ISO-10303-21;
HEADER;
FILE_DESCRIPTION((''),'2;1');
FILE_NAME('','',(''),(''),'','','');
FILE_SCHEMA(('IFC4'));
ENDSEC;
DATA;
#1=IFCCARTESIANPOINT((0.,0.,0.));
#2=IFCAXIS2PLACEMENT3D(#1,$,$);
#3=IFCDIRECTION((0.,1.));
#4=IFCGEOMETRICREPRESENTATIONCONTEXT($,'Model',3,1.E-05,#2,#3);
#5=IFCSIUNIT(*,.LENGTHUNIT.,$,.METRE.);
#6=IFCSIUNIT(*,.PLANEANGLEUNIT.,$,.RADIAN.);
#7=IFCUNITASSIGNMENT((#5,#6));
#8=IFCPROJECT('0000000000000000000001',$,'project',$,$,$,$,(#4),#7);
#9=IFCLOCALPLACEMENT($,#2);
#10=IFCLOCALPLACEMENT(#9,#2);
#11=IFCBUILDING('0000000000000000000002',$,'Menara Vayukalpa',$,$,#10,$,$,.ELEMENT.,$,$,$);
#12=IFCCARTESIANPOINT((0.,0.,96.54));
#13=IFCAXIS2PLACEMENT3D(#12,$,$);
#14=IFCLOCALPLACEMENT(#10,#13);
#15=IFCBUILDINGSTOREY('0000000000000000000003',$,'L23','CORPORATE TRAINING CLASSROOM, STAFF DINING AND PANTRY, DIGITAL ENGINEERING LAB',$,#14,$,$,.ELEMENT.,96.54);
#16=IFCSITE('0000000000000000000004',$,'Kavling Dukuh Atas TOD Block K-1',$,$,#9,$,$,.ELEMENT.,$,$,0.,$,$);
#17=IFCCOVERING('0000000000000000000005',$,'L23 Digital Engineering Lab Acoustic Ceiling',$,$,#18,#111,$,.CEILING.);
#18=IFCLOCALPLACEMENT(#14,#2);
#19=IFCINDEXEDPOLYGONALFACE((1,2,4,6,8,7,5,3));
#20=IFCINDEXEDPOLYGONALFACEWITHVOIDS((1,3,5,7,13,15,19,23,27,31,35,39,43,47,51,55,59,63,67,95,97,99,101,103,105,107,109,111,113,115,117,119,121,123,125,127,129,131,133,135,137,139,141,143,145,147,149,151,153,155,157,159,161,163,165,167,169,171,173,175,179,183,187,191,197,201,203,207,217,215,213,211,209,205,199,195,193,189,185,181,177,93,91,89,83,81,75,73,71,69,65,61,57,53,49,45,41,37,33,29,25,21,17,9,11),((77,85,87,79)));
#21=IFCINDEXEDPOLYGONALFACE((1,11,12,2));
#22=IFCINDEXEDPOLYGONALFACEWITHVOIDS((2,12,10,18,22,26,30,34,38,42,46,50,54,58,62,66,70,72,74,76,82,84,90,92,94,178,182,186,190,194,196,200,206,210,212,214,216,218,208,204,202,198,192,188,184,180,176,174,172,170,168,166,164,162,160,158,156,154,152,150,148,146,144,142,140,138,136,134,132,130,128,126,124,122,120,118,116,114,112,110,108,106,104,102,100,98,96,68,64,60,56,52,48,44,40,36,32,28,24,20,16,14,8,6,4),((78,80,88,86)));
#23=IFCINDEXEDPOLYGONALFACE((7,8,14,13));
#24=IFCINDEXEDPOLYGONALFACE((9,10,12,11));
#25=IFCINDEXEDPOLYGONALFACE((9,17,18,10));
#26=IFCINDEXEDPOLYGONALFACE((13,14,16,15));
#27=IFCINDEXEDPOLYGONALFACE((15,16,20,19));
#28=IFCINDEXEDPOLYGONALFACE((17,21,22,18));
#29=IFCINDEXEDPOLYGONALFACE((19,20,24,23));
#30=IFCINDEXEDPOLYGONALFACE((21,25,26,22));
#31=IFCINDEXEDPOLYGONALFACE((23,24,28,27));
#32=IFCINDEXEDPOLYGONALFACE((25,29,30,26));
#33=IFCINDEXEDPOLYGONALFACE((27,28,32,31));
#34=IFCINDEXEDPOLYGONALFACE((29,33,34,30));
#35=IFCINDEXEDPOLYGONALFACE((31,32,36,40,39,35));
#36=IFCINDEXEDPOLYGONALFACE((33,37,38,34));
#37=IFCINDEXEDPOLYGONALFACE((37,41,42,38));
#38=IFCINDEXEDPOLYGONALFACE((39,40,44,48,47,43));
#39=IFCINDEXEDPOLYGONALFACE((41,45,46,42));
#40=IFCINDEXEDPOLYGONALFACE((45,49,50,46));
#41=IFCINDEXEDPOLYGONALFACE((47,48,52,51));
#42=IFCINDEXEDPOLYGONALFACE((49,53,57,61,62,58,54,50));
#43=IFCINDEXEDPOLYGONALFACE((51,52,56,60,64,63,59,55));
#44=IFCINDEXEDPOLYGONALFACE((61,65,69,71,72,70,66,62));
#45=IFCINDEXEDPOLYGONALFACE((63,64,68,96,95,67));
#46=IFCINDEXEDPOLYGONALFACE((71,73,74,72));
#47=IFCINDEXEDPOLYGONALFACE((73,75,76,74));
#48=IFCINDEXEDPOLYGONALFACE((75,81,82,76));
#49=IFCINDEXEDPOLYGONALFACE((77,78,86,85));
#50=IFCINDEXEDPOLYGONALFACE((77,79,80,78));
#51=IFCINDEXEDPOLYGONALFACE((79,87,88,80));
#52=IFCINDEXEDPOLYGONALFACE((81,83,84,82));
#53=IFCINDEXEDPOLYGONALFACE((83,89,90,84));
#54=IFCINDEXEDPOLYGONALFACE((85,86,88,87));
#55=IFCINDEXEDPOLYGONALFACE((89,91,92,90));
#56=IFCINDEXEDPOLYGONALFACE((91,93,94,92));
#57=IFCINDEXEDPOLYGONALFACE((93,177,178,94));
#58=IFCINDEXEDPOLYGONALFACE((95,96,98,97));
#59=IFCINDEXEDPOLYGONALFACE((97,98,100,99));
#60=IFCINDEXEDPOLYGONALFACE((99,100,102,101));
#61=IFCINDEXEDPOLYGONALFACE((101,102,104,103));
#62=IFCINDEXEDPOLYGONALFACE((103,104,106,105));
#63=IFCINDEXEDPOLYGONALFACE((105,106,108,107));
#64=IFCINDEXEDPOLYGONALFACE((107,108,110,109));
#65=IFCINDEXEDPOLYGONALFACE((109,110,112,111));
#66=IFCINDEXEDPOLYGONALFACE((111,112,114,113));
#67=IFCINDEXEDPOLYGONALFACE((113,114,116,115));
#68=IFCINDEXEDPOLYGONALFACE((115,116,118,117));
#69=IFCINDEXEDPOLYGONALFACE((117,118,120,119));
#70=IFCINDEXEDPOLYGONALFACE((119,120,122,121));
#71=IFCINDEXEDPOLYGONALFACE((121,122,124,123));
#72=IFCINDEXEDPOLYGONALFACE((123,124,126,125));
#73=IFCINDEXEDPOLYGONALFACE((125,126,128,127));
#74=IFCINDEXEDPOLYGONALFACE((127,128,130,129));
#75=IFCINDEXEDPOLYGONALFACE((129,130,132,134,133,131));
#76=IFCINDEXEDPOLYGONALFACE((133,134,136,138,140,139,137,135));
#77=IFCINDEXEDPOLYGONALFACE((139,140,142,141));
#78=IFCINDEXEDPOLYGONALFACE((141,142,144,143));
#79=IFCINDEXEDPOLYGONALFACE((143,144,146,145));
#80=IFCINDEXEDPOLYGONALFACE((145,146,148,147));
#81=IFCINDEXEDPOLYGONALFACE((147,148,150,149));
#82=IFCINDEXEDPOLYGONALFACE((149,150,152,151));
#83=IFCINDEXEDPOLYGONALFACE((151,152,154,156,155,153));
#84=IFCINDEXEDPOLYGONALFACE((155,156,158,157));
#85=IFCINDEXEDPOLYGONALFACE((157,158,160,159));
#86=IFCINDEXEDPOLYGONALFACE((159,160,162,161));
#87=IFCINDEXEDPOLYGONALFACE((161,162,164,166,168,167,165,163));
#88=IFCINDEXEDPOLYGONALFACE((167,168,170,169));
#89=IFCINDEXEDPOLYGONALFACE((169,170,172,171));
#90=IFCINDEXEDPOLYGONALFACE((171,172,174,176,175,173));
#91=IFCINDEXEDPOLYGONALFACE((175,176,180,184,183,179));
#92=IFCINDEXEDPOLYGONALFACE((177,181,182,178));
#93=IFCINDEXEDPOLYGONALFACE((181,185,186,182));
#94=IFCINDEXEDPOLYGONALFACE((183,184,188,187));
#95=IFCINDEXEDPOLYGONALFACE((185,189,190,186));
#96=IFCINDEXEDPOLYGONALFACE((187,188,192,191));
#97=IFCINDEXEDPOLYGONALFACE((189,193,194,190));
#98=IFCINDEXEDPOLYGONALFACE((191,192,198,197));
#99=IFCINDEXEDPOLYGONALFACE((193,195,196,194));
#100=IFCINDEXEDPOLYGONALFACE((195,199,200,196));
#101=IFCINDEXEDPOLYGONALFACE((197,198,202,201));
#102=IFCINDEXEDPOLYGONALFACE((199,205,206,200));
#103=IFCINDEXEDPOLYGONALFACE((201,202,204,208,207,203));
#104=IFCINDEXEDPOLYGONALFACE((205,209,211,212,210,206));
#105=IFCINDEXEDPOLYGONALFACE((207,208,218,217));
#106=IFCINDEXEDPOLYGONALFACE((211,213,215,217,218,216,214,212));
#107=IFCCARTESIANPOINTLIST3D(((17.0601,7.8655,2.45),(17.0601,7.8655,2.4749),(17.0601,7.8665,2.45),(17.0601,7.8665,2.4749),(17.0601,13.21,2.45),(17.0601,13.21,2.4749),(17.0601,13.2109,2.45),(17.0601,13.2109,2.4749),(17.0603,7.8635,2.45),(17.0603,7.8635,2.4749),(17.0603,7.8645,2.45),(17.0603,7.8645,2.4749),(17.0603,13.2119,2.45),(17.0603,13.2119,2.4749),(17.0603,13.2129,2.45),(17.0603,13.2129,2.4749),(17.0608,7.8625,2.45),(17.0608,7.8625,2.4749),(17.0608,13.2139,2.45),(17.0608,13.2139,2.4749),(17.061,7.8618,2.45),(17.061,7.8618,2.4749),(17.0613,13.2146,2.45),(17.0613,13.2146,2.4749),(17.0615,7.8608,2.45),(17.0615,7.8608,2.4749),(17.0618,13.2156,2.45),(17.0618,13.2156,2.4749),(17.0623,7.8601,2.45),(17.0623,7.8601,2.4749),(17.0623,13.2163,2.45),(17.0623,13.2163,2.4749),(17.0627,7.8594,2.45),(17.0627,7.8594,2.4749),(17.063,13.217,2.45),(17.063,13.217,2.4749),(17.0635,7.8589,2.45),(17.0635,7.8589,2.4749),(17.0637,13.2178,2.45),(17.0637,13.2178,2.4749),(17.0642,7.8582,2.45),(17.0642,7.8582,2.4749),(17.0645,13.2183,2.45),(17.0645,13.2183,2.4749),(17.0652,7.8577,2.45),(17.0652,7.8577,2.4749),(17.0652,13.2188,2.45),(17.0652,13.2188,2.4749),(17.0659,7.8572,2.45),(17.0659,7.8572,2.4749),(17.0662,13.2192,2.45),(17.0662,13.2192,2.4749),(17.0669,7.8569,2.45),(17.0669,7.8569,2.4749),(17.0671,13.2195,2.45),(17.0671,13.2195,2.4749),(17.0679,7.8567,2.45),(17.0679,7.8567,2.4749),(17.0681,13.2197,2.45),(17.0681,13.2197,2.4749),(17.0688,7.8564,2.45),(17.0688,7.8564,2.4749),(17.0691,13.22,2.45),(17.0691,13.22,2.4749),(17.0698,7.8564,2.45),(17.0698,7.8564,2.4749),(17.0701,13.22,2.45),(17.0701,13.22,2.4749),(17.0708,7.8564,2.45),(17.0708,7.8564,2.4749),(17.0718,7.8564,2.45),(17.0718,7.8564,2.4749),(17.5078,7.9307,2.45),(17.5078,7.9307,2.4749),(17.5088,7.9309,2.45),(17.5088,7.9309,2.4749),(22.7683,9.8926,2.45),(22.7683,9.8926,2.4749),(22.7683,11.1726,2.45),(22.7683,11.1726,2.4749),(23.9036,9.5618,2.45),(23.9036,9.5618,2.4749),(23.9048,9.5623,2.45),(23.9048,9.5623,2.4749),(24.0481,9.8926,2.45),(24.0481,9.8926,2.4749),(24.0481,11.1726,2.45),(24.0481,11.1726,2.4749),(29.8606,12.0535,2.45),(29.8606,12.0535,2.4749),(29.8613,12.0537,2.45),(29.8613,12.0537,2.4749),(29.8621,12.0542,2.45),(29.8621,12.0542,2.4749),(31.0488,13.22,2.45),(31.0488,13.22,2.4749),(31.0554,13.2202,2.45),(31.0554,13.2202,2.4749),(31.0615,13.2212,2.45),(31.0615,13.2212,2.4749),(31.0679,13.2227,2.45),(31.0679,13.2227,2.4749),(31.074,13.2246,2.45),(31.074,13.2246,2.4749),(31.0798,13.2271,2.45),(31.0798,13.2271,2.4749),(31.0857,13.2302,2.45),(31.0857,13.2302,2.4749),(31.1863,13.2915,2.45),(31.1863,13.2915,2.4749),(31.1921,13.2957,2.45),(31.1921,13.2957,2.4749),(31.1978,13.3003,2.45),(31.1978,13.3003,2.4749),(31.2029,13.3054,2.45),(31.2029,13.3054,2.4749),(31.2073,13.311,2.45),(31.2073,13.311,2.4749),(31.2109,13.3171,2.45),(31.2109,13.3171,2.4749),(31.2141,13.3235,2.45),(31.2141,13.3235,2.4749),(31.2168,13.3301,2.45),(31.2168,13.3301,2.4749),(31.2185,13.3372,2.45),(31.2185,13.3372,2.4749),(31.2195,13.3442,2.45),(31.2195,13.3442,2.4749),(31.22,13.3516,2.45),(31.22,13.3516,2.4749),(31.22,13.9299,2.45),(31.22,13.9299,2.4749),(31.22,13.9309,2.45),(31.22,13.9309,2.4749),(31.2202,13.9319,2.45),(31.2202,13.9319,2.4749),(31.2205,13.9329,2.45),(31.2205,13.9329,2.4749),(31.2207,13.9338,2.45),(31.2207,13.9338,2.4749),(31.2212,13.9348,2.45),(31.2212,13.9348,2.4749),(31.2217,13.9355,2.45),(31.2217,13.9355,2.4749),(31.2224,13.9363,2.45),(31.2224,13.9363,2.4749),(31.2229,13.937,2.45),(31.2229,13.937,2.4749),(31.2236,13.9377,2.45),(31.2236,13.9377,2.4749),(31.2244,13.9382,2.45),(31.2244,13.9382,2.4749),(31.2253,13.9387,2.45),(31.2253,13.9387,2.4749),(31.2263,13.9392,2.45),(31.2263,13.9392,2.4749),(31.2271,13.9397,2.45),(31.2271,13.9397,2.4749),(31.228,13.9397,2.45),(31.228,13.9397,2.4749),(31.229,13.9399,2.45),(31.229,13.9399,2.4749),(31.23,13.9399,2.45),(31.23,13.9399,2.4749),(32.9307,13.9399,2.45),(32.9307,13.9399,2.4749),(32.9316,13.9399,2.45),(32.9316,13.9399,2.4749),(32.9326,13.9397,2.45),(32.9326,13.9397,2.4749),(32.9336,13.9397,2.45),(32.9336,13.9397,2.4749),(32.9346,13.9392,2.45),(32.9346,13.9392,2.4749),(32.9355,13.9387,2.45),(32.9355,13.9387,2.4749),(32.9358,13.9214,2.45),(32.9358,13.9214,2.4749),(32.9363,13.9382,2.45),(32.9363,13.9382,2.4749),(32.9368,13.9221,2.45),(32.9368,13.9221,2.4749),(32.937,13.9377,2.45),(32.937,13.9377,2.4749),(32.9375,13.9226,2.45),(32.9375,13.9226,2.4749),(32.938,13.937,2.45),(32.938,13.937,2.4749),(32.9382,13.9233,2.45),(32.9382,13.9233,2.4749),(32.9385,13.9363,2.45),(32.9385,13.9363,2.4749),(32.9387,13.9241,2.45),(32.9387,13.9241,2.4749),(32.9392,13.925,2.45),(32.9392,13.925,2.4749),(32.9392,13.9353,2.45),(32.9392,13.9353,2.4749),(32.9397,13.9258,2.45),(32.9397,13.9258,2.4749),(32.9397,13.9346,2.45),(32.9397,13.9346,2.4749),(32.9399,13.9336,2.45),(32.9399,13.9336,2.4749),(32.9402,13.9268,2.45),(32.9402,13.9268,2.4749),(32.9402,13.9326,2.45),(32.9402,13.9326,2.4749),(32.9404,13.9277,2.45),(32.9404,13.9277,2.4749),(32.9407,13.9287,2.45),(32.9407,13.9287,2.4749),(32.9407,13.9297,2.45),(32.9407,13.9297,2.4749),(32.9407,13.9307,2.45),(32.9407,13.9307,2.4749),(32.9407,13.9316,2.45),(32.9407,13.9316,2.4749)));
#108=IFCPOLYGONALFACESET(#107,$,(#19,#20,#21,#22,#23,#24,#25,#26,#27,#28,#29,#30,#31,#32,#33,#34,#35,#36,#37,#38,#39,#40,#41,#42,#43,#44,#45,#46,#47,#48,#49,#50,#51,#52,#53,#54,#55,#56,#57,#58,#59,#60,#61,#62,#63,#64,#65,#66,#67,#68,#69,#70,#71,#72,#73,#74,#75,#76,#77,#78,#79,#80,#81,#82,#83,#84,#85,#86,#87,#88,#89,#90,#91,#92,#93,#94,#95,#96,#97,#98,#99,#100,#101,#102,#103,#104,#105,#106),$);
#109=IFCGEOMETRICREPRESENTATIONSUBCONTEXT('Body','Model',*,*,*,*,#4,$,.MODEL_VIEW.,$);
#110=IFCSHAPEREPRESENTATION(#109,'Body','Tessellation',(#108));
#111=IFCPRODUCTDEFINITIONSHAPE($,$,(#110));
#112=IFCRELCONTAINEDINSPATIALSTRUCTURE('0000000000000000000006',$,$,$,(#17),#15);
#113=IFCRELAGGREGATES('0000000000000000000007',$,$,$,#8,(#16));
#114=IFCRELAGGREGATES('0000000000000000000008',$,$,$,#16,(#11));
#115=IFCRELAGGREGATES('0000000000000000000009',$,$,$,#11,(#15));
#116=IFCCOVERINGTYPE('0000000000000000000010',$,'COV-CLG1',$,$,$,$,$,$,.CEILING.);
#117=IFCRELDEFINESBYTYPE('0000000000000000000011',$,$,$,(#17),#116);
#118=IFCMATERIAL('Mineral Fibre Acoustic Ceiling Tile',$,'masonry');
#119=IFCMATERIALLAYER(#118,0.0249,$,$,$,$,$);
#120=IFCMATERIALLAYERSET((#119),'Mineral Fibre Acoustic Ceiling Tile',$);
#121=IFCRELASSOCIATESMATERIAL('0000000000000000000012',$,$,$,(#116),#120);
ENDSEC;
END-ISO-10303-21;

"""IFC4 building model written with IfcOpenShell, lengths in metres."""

from ifc_helpers import new_model, si_unit, direction, frame, origin, place, context, subcontext, project, spatial, polyline, outline, extrude, material, layer, layer_set, type_object, element, save


model = new_model("IFC4")

# Units and contexts
model_context = context("Model", 3, precision=1e-05, world=origin(), true_north=direction((0.0, 1.0)))
body_context = subcontext(model_context, "Body", "Model", "MODEL_VIEW")
ifc_project = project(units=[si_unit("LENGTHUNIT", "METRE"), si_unit("PLANEANGLEUNIT", "RADIAN")], contexts=[model_context])

# Site, building, storey
site_placement = place(None, origin())
site = spatial("IfcSite", under=ifc_project, at=site_placement, Name="Kavling Dukuh Atas TOD Block K-1", CompositionType="ELEMENT", RefElevation=0.0)
building_placement = place(site_placement, origin())
building = spatial("IfcBuilding", under=site, at=building_placement, Name="Menara Vayukalpa", CompositionType="ELEMENT")
storey_placement = place(building_placement, frame((0.0, 0.0, 96.54)))
storey = spatial("IfcBuildingStorey", under=building, at=storey_placement, Name="L23", Description="CORPORATE TRAINING CLASSROOM, STAFF DINING AND PANTRY, DIGITAL ENGINEERING LAB", CompositionType="ELEMENT", Elevation=96.54)

# Covering
ifc_material_1 = material(Name="Mineral Fibre Acoustic Ceiling Tile", Category="masonry")
ifc_layer_1 = layer(ifc_material_1, 0.0249)
ifc_layer_set_1 = layer_set([ifc_layer_1], Name="Mineral Fibre Acoustic Ceiling Tile")
covering_type_1 = type_object("IfcCoveringType", Name="COV-CLG1", PredefinedType="CEILING", material=ifc_layer_set_1)
covering_1_placement = place(storey_placement, frame((0.0, 0.0, 2.45)))
element("IfcCovering", 1, at=covering_1_placement, inside=storey, type_object=covering_type_1, Name="L23 Digital Engineering Lab Acoustic Ceiling", PredefinedType="CEILING", context=body_context, shape_type="SweptSolid", body=[
    extrude(outline(polyline([(29.8606, 12.0535), (23.9048, 9.5623), (23.9036, 9.5618), (17.5088, 7.9309), (17.5078, 7.9307), (17.0718, 7.8564), (17.0708, 7.8564), (17.0698, 7.8564), (17.0688, 7.8564), (17.0679, 7.8567), (17.0669, 7.8569), (17.0659, 7.8572), (17.0652, 7.8577), (17.0642, 7.8582), (17.0635, 7.8589), (17.0627, 7.8594), (17.0623, 7.8601), (17.0615, 7.8608), (17.061, 7.8618), (17.0608, 7.8625), (17.0603, 7.8635), (17.0603, 7.8645), (17.0601, 7.8655), (17.0601, 7.8665), (17.0601, 13.21), (17.0601, 13.2109), (17.0603, 13.2119), (17.0603, 13.2129), (17.0608, 13.2139), (17.0613, 13.2146), (17.0618, 13.2156), (17.0623, 13.2163), (17.063, 13.217), (17.0637, 13.2178), (17.0645, 13.2183), (17.0652, 13.2188), (17.0662, 13.2192), (17.0671, 13.2195), (17.0681, 13.2197), (17.0691, 13.22), (17.0701, 13.22), (31.0488, 13.22), (31.0554, 13.2202), (31.0615, 13.2212), (31.0679, 13.2227), (31.074, 13.2246), (31.0798, 13.2271), (31.0857, 13.2302), (31.1863, 13.2915), (31.1921, 13.2957), (31.1978, 13.3003), (31.2029, 13.3054), (31.2073, 13.311), (31.2109, 13.3171), (31.2141, 13.3235), (31.2168, 13.3301), (31.2185, 13.3372), (31.2195, 13.3442), (31.22, 13.3516), (31.22, 13.9299), (31.22, 13.9309), (31.2202, 13.9319), (31.2205, 13.9329), (31.2207, 13.9338), (31.2212, 13.9348), (31.2217, 13.9355), (31.2224, 13.9363), (31.2229, 13.937), (31.2236, 13.9377), (31.2244, 13.9382), (31.2253, 13.9387), (31.2263, 13.9392), (31.2271, 13.9397), (31.228, 13.9397), (31.229, 13.9399), (31.23, 13.9399), (32.9307, 13.9399), (32.9316, 13.9399), (32.9326, 13.9397), (32.9336, 13.9397), (32.9346, 13.9392), (32.9355, 13.9387), (32.9363, 13.9382), (32.937, 13.9377), (32.938, 13.937), (32.9385, 13.9363), (32.9392, 13.9353), (32.9397, 13.9346), (32.9399, 13.9336), (32.9402, 13.9326), (32.9407, 13.9316), (32.9407, 13.9307), (32.9407, 13.9297), (32.9407, 13.9287), (32.9404, 13.9277), (32.9402, 13.9268), (32.9397, 13.9258), (32.9392, 13.925), (32.9387, 13.9241), (32.9382, 13.9233), (32.9375, 13.9226), (32.9368, 13.9221), (32.9358, 13.9214), (29.8621, 12.0542), (29.8613, 12.0537), (29.8606, 12.0535)]), holes=[polyline([(24.0481, 11.1726), (22.7683, 11.1726), (22.7683, 9.8926), (24.0481, 9.8926), (24.0481, 11.1726)])]), origin(), (0.0, 0.0, 1.0), 0.0249),
])

save(model, "model.ifc")
